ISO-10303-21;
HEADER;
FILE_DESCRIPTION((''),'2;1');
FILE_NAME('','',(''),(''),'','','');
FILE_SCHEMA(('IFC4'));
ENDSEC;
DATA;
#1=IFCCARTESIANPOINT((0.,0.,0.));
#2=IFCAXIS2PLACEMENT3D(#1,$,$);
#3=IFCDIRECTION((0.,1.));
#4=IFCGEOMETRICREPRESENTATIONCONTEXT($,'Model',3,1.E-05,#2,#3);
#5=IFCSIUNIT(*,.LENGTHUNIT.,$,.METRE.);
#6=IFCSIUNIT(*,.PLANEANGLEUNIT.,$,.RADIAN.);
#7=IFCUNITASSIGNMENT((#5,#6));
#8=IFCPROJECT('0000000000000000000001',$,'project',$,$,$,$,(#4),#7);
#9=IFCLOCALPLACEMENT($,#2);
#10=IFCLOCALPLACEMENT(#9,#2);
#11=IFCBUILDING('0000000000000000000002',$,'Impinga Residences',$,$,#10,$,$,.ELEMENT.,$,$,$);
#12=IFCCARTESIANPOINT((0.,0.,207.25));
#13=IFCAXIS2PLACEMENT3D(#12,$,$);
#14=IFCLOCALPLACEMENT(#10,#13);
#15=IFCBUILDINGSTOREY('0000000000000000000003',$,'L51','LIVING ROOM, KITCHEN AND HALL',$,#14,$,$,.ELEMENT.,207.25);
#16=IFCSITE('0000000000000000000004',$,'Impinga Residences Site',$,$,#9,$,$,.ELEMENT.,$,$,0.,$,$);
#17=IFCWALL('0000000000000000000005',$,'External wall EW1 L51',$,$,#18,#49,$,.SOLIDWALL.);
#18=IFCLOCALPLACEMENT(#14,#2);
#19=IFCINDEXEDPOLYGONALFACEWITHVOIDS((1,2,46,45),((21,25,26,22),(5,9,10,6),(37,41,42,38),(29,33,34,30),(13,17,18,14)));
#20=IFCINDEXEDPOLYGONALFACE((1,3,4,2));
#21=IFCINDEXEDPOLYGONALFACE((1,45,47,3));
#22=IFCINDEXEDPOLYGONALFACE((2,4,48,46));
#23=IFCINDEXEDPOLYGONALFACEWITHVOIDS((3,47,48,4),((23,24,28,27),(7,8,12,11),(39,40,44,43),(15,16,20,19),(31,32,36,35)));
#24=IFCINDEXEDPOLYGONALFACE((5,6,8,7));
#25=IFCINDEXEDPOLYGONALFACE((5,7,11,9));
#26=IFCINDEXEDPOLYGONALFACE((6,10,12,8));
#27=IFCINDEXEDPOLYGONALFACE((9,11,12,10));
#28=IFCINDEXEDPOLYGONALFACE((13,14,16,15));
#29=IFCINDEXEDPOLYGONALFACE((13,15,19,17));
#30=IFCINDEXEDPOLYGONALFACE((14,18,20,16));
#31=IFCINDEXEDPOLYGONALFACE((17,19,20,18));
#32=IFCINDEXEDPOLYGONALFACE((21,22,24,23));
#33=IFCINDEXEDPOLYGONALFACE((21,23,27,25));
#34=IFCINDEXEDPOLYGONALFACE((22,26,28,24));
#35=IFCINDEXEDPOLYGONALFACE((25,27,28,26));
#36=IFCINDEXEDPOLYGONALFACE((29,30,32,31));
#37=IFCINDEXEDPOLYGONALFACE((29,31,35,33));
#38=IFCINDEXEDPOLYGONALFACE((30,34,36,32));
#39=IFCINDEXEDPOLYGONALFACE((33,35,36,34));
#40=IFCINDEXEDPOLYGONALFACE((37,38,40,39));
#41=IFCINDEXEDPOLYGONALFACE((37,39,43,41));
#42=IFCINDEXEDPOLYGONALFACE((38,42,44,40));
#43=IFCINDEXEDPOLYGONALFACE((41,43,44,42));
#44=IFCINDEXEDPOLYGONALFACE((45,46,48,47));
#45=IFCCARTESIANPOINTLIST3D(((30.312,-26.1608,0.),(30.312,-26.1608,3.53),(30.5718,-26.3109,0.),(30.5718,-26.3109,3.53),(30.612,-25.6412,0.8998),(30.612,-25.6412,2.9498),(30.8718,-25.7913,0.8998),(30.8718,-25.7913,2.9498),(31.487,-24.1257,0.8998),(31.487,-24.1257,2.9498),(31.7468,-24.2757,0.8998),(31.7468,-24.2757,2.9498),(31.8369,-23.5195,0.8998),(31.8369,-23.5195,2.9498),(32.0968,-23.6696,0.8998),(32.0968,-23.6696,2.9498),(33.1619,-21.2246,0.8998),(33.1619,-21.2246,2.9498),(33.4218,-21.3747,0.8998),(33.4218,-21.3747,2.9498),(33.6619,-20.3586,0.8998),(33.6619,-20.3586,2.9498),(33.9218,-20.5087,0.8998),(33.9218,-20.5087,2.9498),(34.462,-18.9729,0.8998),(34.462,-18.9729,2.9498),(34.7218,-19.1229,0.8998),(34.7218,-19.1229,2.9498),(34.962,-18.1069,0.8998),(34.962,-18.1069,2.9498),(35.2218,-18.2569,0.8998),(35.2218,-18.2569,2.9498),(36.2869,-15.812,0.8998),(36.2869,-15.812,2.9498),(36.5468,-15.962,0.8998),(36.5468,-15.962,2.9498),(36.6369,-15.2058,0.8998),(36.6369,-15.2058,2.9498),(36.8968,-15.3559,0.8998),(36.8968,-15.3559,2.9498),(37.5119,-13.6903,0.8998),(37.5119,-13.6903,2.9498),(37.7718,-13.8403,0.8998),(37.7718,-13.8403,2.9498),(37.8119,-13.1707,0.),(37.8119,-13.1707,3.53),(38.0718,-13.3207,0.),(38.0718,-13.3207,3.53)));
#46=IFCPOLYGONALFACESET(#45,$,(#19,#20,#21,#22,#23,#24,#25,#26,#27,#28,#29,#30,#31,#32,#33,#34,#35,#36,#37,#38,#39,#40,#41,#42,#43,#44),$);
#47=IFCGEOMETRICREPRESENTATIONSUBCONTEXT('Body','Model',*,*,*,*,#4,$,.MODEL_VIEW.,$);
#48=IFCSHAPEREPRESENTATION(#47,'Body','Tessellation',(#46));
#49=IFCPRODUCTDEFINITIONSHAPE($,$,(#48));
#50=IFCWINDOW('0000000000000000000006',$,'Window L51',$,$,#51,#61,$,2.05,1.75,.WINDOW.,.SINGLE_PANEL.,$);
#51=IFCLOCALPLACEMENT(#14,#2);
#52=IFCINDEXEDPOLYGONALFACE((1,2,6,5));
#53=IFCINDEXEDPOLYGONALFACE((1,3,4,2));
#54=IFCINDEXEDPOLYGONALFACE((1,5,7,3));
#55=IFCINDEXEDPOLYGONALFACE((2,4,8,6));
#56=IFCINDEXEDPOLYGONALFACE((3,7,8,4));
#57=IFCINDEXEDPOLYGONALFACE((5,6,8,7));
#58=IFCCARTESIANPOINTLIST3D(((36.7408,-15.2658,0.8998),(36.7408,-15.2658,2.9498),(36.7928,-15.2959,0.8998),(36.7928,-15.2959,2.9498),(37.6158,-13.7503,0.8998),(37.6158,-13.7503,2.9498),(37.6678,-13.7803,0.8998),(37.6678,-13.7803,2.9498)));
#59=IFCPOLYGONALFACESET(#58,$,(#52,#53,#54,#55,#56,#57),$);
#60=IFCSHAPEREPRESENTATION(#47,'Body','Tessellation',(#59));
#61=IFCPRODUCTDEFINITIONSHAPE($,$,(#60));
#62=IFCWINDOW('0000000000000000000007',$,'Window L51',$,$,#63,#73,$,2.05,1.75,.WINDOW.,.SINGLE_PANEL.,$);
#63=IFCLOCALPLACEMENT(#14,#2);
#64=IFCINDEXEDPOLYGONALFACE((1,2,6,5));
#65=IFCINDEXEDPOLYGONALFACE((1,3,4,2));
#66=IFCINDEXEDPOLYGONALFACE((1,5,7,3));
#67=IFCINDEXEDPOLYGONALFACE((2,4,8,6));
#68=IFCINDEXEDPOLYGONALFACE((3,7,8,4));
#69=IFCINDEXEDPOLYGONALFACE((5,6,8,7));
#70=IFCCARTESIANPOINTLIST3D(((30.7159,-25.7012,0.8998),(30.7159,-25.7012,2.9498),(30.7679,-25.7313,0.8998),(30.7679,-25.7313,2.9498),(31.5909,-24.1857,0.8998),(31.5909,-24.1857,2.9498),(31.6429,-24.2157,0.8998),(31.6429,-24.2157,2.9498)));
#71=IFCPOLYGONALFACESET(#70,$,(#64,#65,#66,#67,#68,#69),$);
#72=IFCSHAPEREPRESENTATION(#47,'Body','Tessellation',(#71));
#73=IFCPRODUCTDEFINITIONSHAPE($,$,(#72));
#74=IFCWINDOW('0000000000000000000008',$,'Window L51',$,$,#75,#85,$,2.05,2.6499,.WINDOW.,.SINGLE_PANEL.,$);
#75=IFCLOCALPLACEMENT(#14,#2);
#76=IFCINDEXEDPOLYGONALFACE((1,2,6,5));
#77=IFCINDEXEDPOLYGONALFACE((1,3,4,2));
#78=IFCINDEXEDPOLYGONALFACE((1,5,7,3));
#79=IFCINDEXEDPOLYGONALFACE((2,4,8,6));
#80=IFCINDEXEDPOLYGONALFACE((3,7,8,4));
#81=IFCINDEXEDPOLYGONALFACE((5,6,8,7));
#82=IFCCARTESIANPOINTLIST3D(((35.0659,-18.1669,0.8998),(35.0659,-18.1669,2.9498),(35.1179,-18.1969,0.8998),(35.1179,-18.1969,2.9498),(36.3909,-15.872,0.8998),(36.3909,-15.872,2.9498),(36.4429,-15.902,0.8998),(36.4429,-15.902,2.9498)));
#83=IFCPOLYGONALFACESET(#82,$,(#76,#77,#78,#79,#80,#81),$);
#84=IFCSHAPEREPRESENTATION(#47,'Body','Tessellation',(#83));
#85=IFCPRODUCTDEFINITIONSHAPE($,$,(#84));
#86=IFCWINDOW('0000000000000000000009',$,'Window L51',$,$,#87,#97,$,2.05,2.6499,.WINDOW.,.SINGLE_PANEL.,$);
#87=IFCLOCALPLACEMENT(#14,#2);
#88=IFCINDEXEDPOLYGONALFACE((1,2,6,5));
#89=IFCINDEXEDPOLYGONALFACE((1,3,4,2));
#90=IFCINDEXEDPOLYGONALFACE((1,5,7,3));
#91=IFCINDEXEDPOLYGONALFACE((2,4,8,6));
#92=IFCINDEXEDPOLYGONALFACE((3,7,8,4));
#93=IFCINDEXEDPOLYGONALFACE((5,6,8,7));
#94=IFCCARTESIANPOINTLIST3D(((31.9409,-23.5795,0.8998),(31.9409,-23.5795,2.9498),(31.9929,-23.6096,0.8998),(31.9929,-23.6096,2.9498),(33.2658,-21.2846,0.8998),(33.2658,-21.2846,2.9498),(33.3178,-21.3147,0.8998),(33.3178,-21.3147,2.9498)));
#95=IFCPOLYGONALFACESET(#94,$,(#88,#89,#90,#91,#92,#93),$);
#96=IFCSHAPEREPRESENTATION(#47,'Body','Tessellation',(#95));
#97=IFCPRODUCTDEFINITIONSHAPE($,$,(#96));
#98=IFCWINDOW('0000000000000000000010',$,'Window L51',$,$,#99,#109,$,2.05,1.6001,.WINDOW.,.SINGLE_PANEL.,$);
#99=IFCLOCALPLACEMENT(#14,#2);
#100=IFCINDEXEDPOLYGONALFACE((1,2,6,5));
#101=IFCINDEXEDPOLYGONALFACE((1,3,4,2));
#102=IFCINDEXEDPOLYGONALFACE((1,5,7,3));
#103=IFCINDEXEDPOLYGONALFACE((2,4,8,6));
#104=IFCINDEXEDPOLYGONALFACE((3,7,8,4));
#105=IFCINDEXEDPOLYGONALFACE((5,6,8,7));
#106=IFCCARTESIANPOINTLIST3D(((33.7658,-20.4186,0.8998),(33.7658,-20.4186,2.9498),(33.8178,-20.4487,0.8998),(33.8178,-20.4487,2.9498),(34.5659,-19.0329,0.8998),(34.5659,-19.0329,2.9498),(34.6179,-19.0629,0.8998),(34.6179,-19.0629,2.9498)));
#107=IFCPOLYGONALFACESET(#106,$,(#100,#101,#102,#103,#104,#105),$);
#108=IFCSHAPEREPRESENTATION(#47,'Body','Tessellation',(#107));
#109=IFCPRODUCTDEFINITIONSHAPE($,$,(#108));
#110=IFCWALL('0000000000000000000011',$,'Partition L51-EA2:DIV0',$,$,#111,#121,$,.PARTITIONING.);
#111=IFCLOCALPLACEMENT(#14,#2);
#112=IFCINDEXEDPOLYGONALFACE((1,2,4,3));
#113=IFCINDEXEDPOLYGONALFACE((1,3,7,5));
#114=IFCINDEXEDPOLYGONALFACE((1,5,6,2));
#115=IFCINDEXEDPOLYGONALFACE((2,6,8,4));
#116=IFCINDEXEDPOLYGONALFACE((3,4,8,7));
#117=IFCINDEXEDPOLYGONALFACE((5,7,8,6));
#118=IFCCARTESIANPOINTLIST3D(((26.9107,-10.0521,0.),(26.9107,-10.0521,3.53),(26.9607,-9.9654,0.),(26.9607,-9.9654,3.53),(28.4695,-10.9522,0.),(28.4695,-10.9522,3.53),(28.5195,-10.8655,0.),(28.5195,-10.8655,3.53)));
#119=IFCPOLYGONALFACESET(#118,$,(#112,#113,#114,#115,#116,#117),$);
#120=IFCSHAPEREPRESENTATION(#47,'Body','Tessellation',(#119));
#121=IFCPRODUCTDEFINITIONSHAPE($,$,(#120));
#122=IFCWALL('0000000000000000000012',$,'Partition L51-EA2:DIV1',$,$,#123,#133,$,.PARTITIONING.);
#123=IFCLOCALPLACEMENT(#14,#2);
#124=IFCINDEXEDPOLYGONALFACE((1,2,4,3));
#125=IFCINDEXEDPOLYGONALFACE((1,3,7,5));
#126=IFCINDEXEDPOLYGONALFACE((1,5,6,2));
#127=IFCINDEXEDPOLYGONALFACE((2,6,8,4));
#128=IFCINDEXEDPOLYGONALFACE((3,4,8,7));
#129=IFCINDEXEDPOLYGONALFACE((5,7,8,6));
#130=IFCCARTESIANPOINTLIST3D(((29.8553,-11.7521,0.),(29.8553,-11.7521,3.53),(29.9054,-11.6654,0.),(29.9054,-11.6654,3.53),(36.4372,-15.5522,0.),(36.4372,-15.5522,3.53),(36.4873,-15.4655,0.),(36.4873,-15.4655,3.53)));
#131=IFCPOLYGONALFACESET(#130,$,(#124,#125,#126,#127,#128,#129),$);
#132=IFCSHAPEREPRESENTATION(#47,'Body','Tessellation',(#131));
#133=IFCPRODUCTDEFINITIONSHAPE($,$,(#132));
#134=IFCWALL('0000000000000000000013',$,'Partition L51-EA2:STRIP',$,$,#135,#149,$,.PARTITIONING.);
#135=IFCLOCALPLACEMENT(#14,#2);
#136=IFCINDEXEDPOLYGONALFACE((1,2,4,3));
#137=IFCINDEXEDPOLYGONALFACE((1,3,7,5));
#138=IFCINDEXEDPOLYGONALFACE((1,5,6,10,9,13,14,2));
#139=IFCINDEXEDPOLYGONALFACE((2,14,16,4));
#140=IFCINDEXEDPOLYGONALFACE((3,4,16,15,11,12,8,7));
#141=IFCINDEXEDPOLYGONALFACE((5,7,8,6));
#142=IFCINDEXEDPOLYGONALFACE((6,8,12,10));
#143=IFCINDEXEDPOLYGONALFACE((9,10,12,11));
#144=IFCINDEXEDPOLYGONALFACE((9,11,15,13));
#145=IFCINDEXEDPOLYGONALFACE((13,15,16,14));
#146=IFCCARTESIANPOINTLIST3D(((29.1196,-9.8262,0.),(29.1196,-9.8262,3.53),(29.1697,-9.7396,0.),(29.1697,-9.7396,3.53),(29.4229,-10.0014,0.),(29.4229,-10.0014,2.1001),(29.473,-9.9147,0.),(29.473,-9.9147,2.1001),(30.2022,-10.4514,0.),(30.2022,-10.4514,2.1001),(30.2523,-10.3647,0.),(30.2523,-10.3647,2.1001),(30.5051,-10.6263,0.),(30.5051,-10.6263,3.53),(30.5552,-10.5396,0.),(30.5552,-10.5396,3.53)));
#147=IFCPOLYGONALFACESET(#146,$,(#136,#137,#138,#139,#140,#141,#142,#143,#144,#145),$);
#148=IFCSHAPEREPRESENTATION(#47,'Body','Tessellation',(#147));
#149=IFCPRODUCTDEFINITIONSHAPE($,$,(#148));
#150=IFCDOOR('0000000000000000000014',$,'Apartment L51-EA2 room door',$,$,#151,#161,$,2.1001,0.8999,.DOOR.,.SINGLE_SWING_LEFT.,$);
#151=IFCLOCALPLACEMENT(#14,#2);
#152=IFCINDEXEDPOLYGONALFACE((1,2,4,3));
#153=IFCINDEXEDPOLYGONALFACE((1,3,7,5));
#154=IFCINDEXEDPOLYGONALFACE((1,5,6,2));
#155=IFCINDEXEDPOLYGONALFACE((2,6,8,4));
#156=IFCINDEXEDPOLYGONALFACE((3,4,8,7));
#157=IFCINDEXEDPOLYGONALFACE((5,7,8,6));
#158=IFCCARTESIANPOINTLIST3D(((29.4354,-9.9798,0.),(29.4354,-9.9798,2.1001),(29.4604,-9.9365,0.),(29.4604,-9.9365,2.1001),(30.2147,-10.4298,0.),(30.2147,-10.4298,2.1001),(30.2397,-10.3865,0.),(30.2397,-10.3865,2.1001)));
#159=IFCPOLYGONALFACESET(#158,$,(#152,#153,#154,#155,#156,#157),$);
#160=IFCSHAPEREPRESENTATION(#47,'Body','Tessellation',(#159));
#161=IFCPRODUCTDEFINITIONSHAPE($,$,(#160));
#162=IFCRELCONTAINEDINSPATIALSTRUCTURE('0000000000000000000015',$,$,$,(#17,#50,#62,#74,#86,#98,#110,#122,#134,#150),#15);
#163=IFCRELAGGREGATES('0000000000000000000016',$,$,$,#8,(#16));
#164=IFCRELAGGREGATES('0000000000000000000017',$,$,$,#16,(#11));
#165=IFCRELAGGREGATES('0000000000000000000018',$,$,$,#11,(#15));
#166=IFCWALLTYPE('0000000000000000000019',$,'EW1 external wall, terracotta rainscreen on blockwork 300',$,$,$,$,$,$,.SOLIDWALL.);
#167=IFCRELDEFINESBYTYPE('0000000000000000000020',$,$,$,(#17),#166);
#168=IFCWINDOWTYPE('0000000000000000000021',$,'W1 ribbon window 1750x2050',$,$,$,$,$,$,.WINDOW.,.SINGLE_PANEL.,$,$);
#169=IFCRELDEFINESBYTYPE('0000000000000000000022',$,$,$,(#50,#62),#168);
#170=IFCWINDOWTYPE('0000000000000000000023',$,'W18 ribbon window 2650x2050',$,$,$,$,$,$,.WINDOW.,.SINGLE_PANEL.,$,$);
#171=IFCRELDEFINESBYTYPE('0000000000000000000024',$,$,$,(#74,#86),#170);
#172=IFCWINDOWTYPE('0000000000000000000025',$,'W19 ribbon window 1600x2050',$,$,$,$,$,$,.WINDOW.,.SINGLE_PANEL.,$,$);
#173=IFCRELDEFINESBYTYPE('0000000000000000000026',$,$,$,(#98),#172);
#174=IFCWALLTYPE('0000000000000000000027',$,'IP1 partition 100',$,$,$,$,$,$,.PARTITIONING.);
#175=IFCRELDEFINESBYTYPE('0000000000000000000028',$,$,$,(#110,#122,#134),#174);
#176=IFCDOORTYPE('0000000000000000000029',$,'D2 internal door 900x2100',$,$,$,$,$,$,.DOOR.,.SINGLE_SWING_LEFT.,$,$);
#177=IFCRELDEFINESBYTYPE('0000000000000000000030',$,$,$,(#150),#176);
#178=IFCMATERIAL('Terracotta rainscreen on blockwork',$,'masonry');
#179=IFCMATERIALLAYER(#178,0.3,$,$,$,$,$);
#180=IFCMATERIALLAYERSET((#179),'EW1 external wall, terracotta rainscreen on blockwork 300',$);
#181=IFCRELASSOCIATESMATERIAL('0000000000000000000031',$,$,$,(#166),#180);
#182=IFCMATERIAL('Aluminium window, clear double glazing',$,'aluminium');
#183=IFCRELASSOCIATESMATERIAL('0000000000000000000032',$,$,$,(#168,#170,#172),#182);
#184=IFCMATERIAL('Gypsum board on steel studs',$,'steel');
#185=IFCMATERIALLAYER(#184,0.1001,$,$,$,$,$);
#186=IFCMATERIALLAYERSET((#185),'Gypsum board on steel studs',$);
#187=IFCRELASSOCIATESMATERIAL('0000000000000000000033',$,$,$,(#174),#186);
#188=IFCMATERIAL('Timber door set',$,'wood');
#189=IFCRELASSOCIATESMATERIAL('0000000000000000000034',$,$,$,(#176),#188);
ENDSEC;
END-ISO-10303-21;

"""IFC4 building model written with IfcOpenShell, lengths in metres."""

from ifc_helpers import new_model, si_unit, direction, frame, frame_2d, origin, place, context, subcontext, project, spatial, rectangle, extrude, material, layer, layer_set, type_object, element, fill, save


model = new_model("IFC4")

# Units and contexts
model_context = context("Model", 3, precision=1e-05, world=origin(), true_north=direction((0.0, 1.0)))
body_context = subcontext(model_context, "Body", "Model", "MODEL_VIEW")
ifc_project = project(units=[si_unit("LENGTHUNIT", "METRE"), si_unit("PLANEANGLEUNIT", "RADIAN")], contexts=[model_context])

# Site, building, storey
site_placement = place(None, origin())
site = spatial("IfcSite", under=ifc_project, at=site_placement, Name="Impinga Residences Site", CompositionType="ELEMENT", RefElevation=0.0)
building_placement = place(site_placement, origin())
building = spatial("IfcBuilding", under=site, at=building_placement, Name="Impinga Residences", CompositionType="ELEMENT")
storey_placement = place(building_placement, frame((0.0, 0.0, 207.25)))
storey = spatial("IfcBuildingStorey", under=building, at=storey_placement, Name="L51", Description="LIVING ROOM, KITCHEN AND HALL", CompositionType="ELEMENT", Elevation=207.25)

# Shared definitions
ifc_material_1 = material(Name="Timber door set", Category="wood")

# Shared definitions
ifc_material_2 = material(Name="Terracotta rainscreen on blockwork", Category="masonry")
ifc_layer_1 = layer(ifc_material_2, 0.3)
ifc_layer_set_1 = layer_set([ifc_layer_1], Name="EW1 external wall, terracotta rainscreen on blockwork 300")
wall_type_1 = type_object("IfcWallType", Name="EW1 external wall, terracotta rainscreen on blockwork 300", PredefinedType="SOLIDWALL", material=ifc_layer_set_1)

# Wall, openings, windows
wall_1_placement = place(storey_placement, frame((37.9419, -13.2456, 0.0), z_axis=(0.0, 0.0, 1.0), x_axis=(-0.500004, -0.866023, 0.0)))
wall_1 = element("IfcWall", 1, at=wall_1_placement, inside=storey, type_object=wall_type_1, Name="External wall EW1 L51", PredefinedType="SOLIDWALL", context=body_context, shape_type="SweptSolid", body=[
    extrude(rectangle(XDim=14.9998, YDim=0.3, at=frame_2d((7.5, 0.0))), origin(), (0.0, 0.0, 1.0), 3.53),
])
opening_1_placement = place(wall_1_placement, frame((0.6001, 0.0, 0.8999)))
opening_1 = element("IfcOpeningElement", 2, at=opening_1_placement, cuts=wall_1, PredefinedType="OPENING", context=body_context, shape_type="SweptSolid", body=[
    extrude(rectangle(XDim=1.75, YDim=2.05, at=frame_2d((0.875, 1.0249))), frame((0.0, 0.1599, 0.0), z_axis=(0.0, -1.0, 0.0), x_axis=(1.0, 0.0, 0.0)), (0.0, 0.0, 1.0), 0.3201),
])
opening_2_placement = place(wall_1_placement, frame((3.05, 0.0, 0.8999)))
opening_2 = element("IfcOpeningElement", 3, at=opening_2_placement, cuts=wall_1, PredefinedType="OPENING", context=body_context, shape_type="SweptSolid", body=[
    extrude(rectangle(XDim=2.6499, YDim=2.05, at=frame_2d((1.325, 1.0249))), frame((0.0, 0.1599, 0.0), z_axis=(0.0, -1.0, 0.0), x_axis=(1.0, 0.0, 0.0)), (0.0, 0.0, 1.0), 0.3201),
])
opening_3_placement = place(wall_1_placement, frame((6.7, 0.0, 0.8999)))
opening_3 = element("IfcOpeningElement", 4, at=opening_3_placement, cuts=wall_1, PredefinedType="OPENING", context=body_context, shape_type="SweptSolid", body=[
    extrude(rectangle(XDim=1.6001, YDim=2.05, at=frame_2d((0.8, 1.0249))), frame((0.0, 0.1599, 0.0), z_axis=(0.0, -1.0, 0.0), x_axis=(1.0, 0.0, 0.0)), (0.0, 0.0, 1.0), 0.3201),
])
opening_4_placement = place(wall_1_placement, frame((9.3, 0.0, 0.8999)))
opening_4 = element("IfcOpeningElement", 5, at=opening_4_placement, cuts=wall_1, PredefinedType="OPENING", context=body_context, shape_type="SweptSolid", body=[
    extrude(rectangle(XDim=2.6499, YDim=2.05, at=frame_2d((1.325, 1.0249))), frame((0.0, 0.1599, 0.0), z_axis=(0.0, -1.0, 0.0), x_axis=(1.0, 0.0, 0.0)), (0.0, 0.0, 1.0), 0.3201),
])
opening_5_placement = place(wall_1_placement, frame((12.6499, 0.0, 0.8999)))
opening_5 = element("IfcOpeningElement", 6, at=opening_5_placement, cuts=wall_1, PredefinedType="OPENING", context=body_context, shape_type="SweptSolid", body=[
    extrude(rectangle(XDim=1.75, YDim=2.05, at=frame_2d((0.875, 1.0249))), frame((0.0, 0.1599, 0.0), z_axis=(0.0, -1.0, 0.0), x_axis=(1.0, 0.0, 0.0)), (0.0, 0.0, 1.0), 0.3201),
])
ifc_material_3 = material(Name="Aluminium window, clear double glazing", Category="aluminium")
window_type_1 = type_object("IfcWindowType", Name="W1 ribbon window 1750x2050", PartitioningType="SINGLE_PANEL", PredefinedType="WINDOW", material=ifc_material_3)
window_1_placement = place(opening_1_placement, origin())
window_1 = element("IfcWindow", 7, at=window_1_placement, inside=storey, type_object=window_type_1, Name="Window L51", OverallHeight=2.05, OverallWidth=1.75, PartitioningType="SINGLE_PANEL", PredefinedType="WINDOW", context=body_context, shape_type="SweptSolid", body=[
    extrude(rectangle(XDim=1.75, YDim=2.05, at=frame_2d((0.875, 1.0249))), frame((0.0, 0.03, 0.0), z_axis=(0.0, -1.0, 0.0), x_axis=(1.0, 0.0, 0.0)), (0.0, 0.0, 1.0), 0.0601),
])
fill(opening_1, window_1)
window_2_placement = place(opening_5_placement, origin())
window_2 = element("IfcWindow", 8, at=window_2_placement, inside=storey, type_object=window_type_1, Name="Window L51", OverallHeight=2.05, OverallWidth=1.75, PartitioningType="SINGLE_PANEL", PredefinedType="WINDOW", context=body_context, shape_type="SweptSolid", body=[
    extrude(rectangle(XDim=1.75, YDim=2.05, at=frame_2d((0.875, 1.0249))), frame((0.0, 0.03, 0.0), z_axis=(0.0, -1.0, 0.0), x_axis=(1.0, 0.0, 0.0)), (0.0, 0.0, 1.0), 0.0601),
])
fill(opening_5, window_2)
window_type_2 = type_object("IfcWindowType", Name="W18 ribbon window 2650x2050", PartitioningType="SINGLE_PANEL", PredefinedType="WINDOW", material=ifc_material_3)
window_3_placement = place(opening_2_placement, origin())
window_3 = element("IfcWindow", 9, at=window_3_placement, inside=storey, type_object=window_type_2, Name="Window L51", OverallHeight=2.05, OverallWidth=2.6499, PartitioningType="SINGLE_PANEL", PredefinedType="WINDOW", context=body_context, shape_type="SweptSolid", body=[
    extrude(rectangle(XDim=2.6499, YDim=2.05, at=frame_2d((1.325, 1.0249))), frame((0.0, 0.03, 0.0), z_axis=(0.0, -1.0, 0.0), x_axis=(1.0, 0.0, 0.0)), (0.0, 0.0, 1.0), 0.0601),
])
fill(opening_2, window_3)
window_4_placement = place(opening_4_placement, origin())
window_4 = element("IfcWindow", 10, at=window_4_placement, inside=storey, type_object=window_type_2, Name="Window L51", OverallHeight=2.05, OverallWidth=2.6499, PartitioningType="SINGLE_PANEL", PredefinedType="WINDOW", context=body_context, shape_type="SweptSolid", body=[
    extrude(rectangle(XDim=2.6499, YDim=2.05, at=frame_2d((1.325, 1.0249))), frame((0.0, 0.03, 0.0), z_axis=(0.0, -1.0, 0.0), x_axis=(1.0, 0.0, 0.0)), (0.0, 0.0, 1.0), 0.0601),
])
fill(opening_4, window_4)
window_type_3 = type_object("IfcWindowType", Name="W19 ribbon window 1600x2050", PartitioningType="SINGLE_PANEL", PredefinedType="WINDOW", material=ifc_material_3)
window_5_placement = place(opening_3_placement, origin())
window_5 = element("IfcWindow", 11, at=window_5_placement, inside=storey, type_object=window_type_3, Name="Window L51", OverallHeight=2.05, OverallWidth=1.6001, PartitioningType="SINGLE_PANEL", PredefinedType="WINDOW", context=body_context, shape_type="SweptSolid", body=[
    extrude(rectangle(XDim=1.6001, YDim=2.05, at=frame_2d((0.8, 1.0249))), frame((0.0, 0.03, 0.0), z_axis=(0.0, -1.0, 0.0), x_axis=(1.0, 0.0, 0.0)), (0.0, 0.0, 1.0), 0.0601),
])
fill(opening_3, window_5)

# Walls
ifc_material_4 = material(Name="Gypsum board on steel studs", Category="steel")
ifc_layer_2 = layer(ifc_material_4, 0.1001)
ifc_layer_set_2 = layer_set([ifc_layer_2], Name="Gypsum board on steel studs")
wall_type_2 = type_object("IfcWallType", Name="IP1 partition 100", PredefinedType="PARTITIONING", material=ifc_layer_set_2)
wall_2_placement = place(storey_placement, frame((26.9358, -10.0088, 0.0), z_axis=(0.0, 0.0, 1.0), x_axis=(0.865989, -0.500063, 0.0)))
element("IfcWall", 12, at=wall_2_placement, inside=storey, type_object=wall_type_2, Name="Partition L51-EA2:DIV0", PredefinedType="PARTITIONING", context=body_context, shape_type="SweptSolid", body=[
    extrude(rectangle(XDim=1.8, YDim=0.1001, at=frame_2d((0.8999, 0.0))), origin(), (0.0, 0.0, 1.0), 3.53),
])
wall_3_placement = place(storey_placement, frame((29.8804, -11.7087, 0.0), z_axis=(0.0, 0.0, 1.0), x_axis=(0.866022, -0.500005, 0.0)))
element("IfcWall", 13, at=wall_3_placement, inside=storey, type_object=wall_type_2, Name="Partition L51-EA2:DIV1", PredefinedType="PARTITIONING", context=body_context, shape_type="SweptSolid", body=[
    extrude(rectangle(XDim=7.6001, YDim=0.1001, at=frame_2d((3.8, 0.0))), origin(), (0.0, 0.0, 1.0), 3.53),
])

# Wall, opening, door
wall_4_placement = place(storey_placement, frame((29.1448, -9.783, 0.0), z_axis=(0.0, 0.0, 1.0), x_axis=(0.86599, -0.500061, 0.0)))
wall_4 = element("IfcWall", 14, at=wall_4_placement, inside=storey, type_object=wall_type_2, Name="Partition L51-EA2:STRIP", PredefinedType="PARTITIONING", context=body_context, shape_type="SweptSolid", body=[
    extrude(rectangle(XDim=1.5999, YDim=0.1001, at=frame_2d((0.7998, 0.0))), origin(), (0.0, 0.0, 1.0), 3.53),
])
opening_6_placement = place(wall_4_placement, frame((0.3501, 0.0, 0.0)))
opening_6 = element("IfcOpeningElement", 15, at=opening_6_placement, cuts=wall_4, PredefinedType="OPENING", context=body_context, shape_type="SweptSolid", body=[
    extrude(rectangle(XDim=0.8999, YDim=2.1001, at=frame_2d((0.45, 1.05))), frame((0.0, 0.0601, 0.0), z_axis=(0.0, -1.0, 0.0), x_axis=(1.0, 0.0, 0.0)), (0.0, 0.0, 1.0), 0.1201),
])
door_type_1 = type_object("IfcDoorType", Name="D2 internal door 900x2100", OperationType="SINGLE_SWING_LEFT", PredefinedType="DOOR", material=ifc_material_1)
door_1_placement = place(opening_6_placement, origin())
door_1 = element("IfcDoor", 16, at=door_1_placement, inside=storey, type_object=door_type_1, Name="Apartment L51-EA2 room door", OperationType="SINGLE_SWING_LEFT", OverallHeight=2.1001, OverallWidth=0.8999, PredefinedType="DOOR", context=body_context, shape_type="SweptSolid", body=[
    extrude(rectangle(XDim=0.8999, YDim=2.1001, at=frame_2d((0.45, 1.05))), frame((0.0, 0.0249, 0.0), z_axis=(0.0, -1.0, 0.0), x_axis=(1.0, 0.0, 0.0)), (0.0, 0.0, 1.0), 0.05),
])
fill(opening_6, door_1)

save(model, "model.ifc")
